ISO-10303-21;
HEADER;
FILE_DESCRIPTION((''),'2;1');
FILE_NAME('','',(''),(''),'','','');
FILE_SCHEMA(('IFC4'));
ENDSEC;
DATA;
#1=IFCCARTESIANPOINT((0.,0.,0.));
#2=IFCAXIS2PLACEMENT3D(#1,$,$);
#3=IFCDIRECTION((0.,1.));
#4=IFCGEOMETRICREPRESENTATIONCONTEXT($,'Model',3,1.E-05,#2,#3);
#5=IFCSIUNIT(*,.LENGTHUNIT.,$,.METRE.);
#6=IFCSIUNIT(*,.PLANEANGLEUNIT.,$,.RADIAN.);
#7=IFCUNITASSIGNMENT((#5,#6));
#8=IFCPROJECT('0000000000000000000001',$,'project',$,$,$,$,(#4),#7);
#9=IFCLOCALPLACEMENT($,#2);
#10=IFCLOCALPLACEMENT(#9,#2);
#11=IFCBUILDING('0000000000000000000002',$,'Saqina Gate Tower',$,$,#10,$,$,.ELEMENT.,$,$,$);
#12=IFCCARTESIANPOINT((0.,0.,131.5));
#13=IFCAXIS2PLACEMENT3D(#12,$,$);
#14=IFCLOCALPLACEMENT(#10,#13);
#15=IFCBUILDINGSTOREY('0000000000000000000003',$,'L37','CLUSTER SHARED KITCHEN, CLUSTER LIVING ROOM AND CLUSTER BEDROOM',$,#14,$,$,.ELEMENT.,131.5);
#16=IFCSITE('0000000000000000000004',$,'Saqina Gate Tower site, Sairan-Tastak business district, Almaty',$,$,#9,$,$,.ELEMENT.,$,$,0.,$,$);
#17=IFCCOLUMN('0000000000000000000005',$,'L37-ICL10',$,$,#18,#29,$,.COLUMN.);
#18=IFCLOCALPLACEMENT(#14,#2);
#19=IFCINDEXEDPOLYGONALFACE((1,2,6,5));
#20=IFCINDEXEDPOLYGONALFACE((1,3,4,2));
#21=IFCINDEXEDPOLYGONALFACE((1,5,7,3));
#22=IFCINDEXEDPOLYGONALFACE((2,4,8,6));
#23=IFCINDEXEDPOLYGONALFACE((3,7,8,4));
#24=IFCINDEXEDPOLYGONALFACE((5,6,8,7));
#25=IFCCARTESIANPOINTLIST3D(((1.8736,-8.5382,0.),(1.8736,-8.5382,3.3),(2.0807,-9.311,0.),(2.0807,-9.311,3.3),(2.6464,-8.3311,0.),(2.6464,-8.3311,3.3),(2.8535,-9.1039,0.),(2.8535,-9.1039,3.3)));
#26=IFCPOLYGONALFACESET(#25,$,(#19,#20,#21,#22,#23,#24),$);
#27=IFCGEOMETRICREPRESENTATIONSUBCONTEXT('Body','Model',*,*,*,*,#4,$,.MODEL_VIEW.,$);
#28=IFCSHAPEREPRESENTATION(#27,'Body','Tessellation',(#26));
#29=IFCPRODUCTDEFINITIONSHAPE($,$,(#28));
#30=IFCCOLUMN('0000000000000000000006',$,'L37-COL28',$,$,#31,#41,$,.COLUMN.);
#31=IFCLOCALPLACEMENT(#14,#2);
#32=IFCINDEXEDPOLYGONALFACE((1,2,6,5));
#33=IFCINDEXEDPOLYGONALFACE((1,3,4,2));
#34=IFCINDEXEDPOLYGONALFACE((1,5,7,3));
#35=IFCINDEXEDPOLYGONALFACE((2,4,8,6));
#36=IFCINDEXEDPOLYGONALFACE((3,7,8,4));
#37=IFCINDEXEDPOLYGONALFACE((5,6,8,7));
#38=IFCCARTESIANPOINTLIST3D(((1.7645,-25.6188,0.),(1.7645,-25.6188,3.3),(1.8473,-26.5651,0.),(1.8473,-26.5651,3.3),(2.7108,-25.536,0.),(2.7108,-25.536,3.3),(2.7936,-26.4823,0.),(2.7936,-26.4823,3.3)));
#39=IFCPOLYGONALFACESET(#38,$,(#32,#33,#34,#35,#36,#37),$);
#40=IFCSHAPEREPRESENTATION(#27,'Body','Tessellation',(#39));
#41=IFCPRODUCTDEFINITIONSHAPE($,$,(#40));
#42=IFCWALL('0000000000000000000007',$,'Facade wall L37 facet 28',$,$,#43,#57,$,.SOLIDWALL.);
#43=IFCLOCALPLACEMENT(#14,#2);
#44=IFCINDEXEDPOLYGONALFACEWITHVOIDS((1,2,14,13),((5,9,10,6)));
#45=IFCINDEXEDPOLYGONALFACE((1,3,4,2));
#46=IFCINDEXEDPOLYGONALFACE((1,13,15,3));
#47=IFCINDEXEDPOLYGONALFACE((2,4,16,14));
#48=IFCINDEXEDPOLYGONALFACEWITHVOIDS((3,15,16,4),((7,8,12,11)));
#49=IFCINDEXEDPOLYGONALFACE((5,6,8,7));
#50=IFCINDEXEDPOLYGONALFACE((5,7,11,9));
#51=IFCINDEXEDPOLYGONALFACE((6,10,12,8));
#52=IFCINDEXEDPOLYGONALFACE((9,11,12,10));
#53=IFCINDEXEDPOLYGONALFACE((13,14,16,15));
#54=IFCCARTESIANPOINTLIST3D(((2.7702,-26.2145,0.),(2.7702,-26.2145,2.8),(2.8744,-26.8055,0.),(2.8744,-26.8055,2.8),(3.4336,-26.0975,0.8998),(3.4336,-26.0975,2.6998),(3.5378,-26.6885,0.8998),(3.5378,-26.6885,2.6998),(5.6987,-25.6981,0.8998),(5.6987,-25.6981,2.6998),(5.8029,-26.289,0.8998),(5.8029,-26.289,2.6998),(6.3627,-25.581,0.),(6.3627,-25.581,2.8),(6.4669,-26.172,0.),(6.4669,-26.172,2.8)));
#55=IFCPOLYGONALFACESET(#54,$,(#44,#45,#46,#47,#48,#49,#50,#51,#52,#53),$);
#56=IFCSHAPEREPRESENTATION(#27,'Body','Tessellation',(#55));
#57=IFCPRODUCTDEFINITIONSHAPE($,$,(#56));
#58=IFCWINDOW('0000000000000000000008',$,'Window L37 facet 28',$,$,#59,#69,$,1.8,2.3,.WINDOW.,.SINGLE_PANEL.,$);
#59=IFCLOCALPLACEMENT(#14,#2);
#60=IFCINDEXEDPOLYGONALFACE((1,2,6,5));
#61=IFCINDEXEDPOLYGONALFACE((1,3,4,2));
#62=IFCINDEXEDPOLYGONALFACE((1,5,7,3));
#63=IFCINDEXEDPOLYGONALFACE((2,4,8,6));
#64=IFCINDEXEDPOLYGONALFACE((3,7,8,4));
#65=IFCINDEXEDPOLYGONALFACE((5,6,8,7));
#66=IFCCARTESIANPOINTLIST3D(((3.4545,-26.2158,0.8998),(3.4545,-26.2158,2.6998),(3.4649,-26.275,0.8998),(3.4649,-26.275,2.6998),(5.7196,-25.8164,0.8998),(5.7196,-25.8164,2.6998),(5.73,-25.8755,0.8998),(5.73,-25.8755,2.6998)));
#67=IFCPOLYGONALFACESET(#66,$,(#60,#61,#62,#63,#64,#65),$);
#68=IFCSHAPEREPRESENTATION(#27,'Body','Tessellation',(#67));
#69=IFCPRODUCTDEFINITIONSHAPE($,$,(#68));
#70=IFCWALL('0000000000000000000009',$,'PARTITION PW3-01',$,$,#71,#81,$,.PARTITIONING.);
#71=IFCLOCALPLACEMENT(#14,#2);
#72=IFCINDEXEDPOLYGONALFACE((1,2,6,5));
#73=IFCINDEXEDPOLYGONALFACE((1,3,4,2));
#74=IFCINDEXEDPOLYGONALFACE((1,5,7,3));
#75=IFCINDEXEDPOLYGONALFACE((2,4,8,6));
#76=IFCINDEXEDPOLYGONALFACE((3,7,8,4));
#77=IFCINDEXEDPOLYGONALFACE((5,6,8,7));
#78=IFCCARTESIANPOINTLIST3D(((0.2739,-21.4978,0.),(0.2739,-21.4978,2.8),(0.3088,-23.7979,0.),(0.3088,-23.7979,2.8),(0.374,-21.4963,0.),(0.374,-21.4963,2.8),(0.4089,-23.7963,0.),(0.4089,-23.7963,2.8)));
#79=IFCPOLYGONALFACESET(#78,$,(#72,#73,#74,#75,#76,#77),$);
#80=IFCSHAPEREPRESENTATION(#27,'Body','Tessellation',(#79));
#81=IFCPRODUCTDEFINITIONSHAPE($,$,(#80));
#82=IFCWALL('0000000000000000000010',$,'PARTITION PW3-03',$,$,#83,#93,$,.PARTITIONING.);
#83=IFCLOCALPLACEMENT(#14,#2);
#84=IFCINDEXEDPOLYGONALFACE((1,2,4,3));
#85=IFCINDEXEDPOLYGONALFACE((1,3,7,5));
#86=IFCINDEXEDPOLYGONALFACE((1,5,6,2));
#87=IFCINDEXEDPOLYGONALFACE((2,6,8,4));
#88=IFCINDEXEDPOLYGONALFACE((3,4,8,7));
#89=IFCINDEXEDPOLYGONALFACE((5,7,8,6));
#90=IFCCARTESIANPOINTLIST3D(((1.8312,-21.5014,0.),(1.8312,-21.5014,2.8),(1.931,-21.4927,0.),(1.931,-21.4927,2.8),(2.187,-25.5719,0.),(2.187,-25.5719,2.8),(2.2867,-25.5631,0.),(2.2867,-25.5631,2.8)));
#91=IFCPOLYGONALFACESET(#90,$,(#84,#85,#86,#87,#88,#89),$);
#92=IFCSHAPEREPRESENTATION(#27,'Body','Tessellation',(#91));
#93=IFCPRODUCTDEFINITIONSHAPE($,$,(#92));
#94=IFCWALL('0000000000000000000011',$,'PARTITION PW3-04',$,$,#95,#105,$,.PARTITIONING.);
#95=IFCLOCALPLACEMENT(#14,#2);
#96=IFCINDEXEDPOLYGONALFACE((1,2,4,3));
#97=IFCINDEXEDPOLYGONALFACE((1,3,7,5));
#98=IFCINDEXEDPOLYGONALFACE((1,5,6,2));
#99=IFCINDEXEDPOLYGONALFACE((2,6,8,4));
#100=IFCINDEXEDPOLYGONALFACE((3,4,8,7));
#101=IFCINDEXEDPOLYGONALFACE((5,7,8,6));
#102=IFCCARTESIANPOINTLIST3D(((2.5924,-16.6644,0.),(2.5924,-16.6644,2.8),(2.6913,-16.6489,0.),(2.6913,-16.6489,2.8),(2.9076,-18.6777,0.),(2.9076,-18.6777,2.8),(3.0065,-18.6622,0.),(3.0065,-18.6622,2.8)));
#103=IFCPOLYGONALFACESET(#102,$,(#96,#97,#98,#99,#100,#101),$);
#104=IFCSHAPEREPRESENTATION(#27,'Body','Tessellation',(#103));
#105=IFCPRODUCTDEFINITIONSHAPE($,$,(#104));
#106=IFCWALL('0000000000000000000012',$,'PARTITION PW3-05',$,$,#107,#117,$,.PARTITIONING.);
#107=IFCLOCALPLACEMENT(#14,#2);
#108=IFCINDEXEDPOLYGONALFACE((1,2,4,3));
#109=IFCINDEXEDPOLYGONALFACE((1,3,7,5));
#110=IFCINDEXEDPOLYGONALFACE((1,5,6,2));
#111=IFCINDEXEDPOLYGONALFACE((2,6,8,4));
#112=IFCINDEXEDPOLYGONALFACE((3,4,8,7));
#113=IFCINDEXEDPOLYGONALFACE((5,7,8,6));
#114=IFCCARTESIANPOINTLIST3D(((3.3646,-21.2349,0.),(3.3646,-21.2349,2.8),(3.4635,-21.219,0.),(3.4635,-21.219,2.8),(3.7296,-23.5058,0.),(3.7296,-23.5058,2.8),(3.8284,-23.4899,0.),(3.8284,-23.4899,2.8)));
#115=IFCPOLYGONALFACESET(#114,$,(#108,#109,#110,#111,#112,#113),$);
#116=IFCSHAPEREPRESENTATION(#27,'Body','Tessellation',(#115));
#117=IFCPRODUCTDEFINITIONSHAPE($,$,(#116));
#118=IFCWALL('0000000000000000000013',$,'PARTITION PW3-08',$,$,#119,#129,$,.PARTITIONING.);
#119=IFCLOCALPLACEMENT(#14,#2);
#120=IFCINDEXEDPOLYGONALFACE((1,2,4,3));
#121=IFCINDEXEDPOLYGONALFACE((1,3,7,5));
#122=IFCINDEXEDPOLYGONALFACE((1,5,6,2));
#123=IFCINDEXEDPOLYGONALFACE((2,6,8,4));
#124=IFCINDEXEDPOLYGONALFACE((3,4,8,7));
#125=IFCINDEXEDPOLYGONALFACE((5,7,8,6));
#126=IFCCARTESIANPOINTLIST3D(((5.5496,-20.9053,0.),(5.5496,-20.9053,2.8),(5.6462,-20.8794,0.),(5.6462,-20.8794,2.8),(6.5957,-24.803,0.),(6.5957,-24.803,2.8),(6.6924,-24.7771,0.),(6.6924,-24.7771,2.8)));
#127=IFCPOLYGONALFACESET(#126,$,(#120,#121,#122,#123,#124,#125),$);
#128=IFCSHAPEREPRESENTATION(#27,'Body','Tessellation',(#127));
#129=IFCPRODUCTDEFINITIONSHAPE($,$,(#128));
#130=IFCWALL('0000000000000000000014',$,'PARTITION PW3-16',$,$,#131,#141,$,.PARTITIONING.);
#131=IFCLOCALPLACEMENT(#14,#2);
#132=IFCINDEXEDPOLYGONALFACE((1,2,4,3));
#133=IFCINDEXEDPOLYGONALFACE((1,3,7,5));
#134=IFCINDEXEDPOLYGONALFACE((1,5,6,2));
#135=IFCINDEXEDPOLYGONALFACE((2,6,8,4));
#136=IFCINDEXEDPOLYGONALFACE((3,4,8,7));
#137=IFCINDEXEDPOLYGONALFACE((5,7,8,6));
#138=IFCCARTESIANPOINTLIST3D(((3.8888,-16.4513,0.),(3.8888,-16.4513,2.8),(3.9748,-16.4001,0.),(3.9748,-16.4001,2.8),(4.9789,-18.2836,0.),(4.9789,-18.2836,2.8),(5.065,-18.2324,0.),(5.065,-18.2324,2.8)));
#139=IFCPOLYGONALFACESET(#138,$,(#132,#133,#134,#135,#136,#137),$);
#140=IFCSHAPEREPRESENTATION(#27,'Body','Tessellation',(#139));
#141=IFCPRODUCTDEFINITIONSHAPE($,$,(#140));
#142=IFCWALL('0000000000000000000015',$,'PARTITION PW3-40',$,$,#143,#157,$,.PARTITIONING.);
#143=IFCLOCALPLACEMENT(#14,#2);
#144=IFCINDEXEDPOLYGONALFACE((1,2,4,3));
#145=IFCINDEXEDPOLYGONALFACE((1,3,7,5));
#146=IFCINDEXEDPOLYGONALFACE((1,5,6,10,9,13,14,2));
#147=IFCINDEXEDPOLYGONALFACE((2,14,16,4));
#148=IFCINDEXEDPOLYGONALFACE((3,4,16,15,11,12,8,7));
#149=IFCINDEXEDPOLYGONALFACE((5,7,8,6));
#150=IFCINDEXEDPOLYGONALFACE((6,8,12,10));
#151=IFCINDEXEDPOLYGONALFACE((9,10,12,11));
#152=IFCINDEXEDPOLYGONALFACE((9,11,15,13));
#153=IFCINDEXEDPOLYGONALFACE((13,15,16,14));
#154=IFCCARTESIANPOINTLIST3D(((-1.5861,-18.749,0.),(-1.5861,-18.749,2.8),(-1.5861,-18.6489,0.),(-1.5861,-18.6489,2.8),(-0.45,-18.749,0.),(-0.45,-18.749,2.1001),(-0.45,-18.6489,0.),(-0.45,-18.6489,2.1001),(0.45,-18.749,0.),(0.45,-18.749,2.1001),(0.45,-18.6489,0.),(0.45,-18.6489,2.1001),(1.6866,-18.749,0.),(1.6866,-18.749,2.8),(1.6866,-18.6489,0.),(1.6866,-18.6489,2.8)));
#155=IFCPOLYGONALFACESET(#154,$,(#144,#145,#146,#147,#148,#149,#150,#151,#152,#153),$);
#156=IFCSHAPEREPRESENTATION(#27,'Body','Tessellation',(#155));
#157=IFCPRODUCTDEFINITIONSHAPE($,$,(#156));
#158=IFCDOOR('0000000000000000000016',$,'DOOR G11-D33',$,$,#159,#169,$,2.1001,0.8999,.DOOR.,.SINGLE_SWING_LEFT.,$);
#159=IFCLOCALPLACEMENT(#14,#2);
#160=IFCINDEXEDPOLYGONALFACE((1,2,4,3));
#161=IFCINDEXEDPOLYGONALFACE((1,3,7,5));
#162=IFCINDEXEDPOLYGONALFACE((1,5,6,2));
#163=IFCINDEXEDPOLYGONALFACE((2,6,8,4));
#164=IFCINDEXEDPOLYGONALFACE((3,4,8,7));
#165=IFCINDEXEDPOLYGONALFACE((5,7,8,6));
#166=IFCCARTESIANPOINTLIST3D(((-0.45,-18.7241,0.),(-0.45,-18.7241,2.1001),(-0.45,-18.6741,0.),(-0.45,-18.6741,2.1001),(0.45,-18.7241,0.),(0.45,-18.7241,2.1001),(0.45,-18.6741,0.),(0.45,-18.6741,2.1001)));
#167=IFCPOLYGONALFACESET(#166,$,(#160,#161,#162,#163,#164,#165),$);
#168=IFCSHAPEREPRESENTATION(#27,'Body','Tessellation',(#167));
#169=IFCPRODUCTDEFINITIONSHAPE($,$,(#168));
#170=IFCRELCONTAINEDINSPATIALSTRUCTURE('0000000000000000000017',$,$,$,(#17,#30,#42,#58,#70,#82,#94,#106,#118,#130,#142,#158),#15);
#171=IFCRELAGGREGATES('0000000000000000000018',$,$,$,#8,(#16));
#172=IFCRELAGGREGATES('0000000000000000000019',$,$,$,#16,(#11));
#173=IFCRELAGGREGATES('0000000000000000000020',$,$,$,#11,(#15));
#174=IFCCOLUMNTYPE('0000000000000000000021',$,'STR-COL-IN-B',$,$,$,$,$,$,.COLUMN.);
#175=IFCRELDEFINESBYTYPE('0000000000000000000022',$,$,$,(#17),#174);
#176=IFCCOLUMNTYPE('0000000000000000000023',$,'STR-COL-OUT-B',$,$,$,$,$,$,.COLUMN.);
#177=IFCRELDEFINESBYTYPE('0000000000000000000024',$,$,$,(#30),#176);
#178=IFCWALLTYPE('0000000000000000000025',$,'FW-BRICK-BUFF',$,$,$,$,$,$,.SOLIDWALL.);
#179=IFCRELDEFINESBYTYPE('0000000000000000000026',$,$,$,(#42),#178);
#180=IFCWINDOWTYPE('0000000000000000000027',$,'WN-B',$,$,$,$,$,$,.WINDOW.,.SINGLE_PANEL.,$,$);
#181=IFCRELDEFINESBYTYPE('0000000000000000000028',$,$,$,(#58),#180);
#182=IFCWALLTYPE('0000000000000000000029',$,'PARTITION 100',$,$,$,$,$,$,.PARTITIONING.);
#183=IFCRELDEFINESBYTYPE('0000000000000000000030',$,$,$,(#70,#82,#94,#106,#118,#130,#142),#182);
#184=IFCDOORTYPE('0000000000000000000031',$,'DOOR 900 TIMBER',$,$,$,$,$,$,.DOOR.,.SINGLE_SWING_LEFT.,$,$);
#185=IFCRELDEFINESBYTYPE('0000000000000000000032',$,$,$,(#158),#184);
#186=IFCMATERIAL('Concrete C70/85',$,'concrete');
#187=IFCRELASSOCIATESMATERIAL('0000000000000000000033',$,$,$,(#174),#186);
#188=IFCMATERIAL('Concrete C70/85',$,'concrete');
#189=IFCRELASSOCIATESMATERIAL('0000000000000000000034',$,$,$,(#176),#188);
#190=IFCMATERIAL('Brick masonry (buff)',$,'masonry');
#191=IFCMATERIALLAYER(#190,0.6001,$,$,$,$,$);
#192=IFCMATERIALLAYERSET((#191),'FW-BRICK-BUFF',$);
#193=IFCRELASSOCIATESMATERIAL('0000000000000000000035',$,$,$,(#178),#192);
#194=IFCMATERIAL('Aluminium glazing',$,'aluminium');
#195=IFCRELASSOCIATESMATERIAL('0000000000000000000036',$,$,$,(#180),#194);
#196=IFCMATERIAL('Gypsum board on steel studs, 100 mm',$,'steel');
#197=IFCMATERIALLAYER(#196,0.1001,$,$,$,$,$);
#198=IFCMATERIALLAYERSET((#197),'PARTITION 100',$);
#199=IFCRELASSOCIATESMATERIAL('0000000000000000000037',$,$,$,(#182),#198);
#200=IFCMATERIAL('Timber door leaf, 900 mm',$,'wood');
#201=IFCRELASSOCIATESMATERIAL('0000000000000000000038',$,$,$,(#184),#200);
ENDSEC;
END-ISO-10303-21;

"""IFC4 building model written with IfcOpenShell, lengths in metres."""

from ifc_helpers import new_model, si_unit, direction, frame, frame_2d, origin, origin_2d, place, context, subcontext, project, spatial, rectangle, extrude, material, layer, layer_set, material_profile, profile_set, type_object, element, fill, save


model = new_model("IFC4")

# Units and contexts
model_context = context("Model", 3, precision=1e-05, world=origin(), true_north=direction((0.0, 1.0)))
body_context = subcontext(model_context, "Body", "Model", "MODEL_VIEW")
ifc_project = project(units=[si_unit("LENGTHUNIT", "METRE"), si_unit("PLANEANGLEUNIT", "RADIAN")], contexts=[model_context])

# Site, building, storey
site_placement = place(None, origin())
site = spatial("IfcSite", under=ifc_project, at=site_placement, Name="Saqina Gate Tower site, Sairan-Tastak business district, Almaty", CompositionType="ELEMENT", RefElevation=0.0)
building_placement = place(site_placement, origin())
building = spatial("IfcBuilding", under=site, at=building_placement, Name="Saqina Gate Tower", CompositionType="ELEMENT")
storey_placement = place(building_placement, frame((0.0, 0.0, 131.5)))
storey = spatial("IfcBuildingStorey", under=building, at=storey_placement, Name="L37", Description="CLUSTER SHARED KITCHEN, CLUSTER LIVING ROOM AND CLUSTER BEDROOM", CompositionType="ELEMENT", Elevation=131.5)

# Columns
ifc_material_1 = material(Name="Concrete C70/85", Category="concrete")
ifc_material_profile_1 = material_profile(ifc_material_1, rectangle(XDim=0.8, YDim=0.8, at=origin_2d()), Name="RC 800x800")
ifc_profile_set_1 = profile_set([ifc_material_profile_1], Name="Concrete C70/85")
column_type_1 = type_object("IfcColumnType", Name="STR-COL-IN-B", PredefinedType="COLUMN", material=ifc_profile_set_1)
column_1_placement = place(storey_placement, frame((2.3635, -8.821, 0.0), z_axis=(0.0, 0.0, 1.0), x_axis=(0.258819, -0.965926, 0.0)))
element("IfcColumn", 1, at=column_1_placement, inside=storey, type_object=column_type_1, Name="L37-ICL10", PredefinedType="COLUMN", context=body_context, shape_type="SweptSolid", body=[
    extrude(rectangle(XDim=0.8, YDim=0.8, at=origin_2d()), origin(), (0.0, 0.0, 1.0), 3.3),
])
ifc_material_2 = material(Name="Concrete C70/85", Category="concrete")
ifc_material_profile_2 = material_profile(ifc_material_2, rectangle(XDim=0.95, YDim=0.95, at=origin_2d()), Name="RC 950x950")
ifc_profile_set_2 = profile_set([ifc_material_profile_2], Name="Concrete C70/85")
column_type_2 = type_object("IfcColumnType", Name="STR-COL-OUT-B", PredefinedType="COLUMN", material=ifc_profile_set_2)
column_2_placement = place(storey_placement, frame((2.2791, -26.0505, 0.0), z_axis=(0.0, 0.0, 1.0), x_axis=(0.087156, -0.996195, 0.0)))
element("IfcColumn", 2, at=column_2_placement, inside=storey, type_object=column_type_2, Name="L37-COL28", PredefinedType="COLUMN", context=body_context, shape_type="SweptSolid", body=[
    extrude(rectangle(XDim=0.95, YDim=0.95, at=origin_2d()), origin(), (0.0, 0.0, 1.0), 3.3),
])

# Wall, opening, window
ifc_material_3 = material(Name="Brick masonry (buff)", Category="masonry")
ifc_layer_1 = layer(ifc_material_3, 0.6001)
ifc_layer_set_1 = layer_set([ifc_layer_1], Name="FW-BRICK-BUFF")
wall_type_1 = type_object("IfcWallType", Name="FW-BRICK-BUFF", PredefinedType="SOLIDWALL", material=ifc_layer_set_1)
wall_1_placement = place(storey_placement, frame((2.8223, -26.51, 0.0), z_axis=(0.0, 0.0, 1.0), x_axis=(0.984804, 0.173671, 0.0)))
wall_1 = element("IfcWall", 3, at=wall_1_placement, inside=storey, type_object=wall_type_1, Name="Facade wall L37 facet 28", PredefinedType="SOLIDWALL", context=body_context, shape_type="SweptSolid", body=[
    extrude(rectangle(XDim=3.6479, YDim=0.6001, at=frame_2d((1.824, 0.0))), origin(), (0.0, 0.0, 1.0), 2.8),
])
opening_1_placement = place(wall_1_placement, frame((0.6738, 0.0, 0.8999)))
opening_1 = element("IfcOpeningElement", 4, at=opening_1_placement, cuts=wall_1, PredefinedType="OPENING", context=body_context, shape_type="SweptSolid", body=[
    extrude(rectangle(XDim=2.3, YDim=1.8, at=frame_2d((1.1499, 0.8999))), frame((0.0, 0.312, 0.0), z_axis=(0.0, -1.0, 0.0), x_axis=(1.0, 0.0, 0.0)), (0.0, 0.0, 1.0), 0.624),
])
ifc_material_4 = material(Name="Aluminium glazing", Category="aluminium")
window_type = type_object("IfcWindowType", Name="WN-B", PartitioningType="SINGLE_PANEL", PredefinedType="WINDOW", material=ifc_material_4)
window_placement = place(opening_1_placement, origin())
window = element("IfcWindow", 5, at=window_placement, inside=storey, type_object=window_type, Name="Window L37 facet 28", OverallHeight=1.8, OverallWidth=2.3, PartitioningType="SINGLE_PANEL", PredefinedType="WINDOW", context=body_context, shape_type="SweptSolid", body=[
    extrude(rectangle(XDim=2.3, YDim=1.8, at=frame_2d((1.1499, 0.8999))), frame((0.0, 0.1799, 0.0), z_axis=(0.0, -1.0, 0.0), x_axis=(1.0, 0.0, 0.0)), (0.0, 0.0, 1.0), 0.0601),
])
fill(opening_1, window)

# Walls
ifc_material_5 = material(Name="Gypsum board on steel studs, 100 mm", Category="steel")
ifc_layer_2 = layer(ifc_material_5, 0.1001)
ifc_layer_set_2 = layer_set([ifc_layer_2], Name="PARTITION 100")
wall_type_2 = type_object("IfcWallType", Name="PARTITION 100", PredefinedType="PARTITIONING", material=ifc_layer_set_2)
wall_2_placement = place(storey_placement, frame((0.324, -21.4971, 0.0), z_axis=(0.0, 0.0, 1.0), x_axis=(0.015177, -0.999885, 0.0)))
element("IfcWall", 6, at=wall_2_placement, inside=storey, type_object=wall_type_2, Name="PARTITION PW3-01", PredefinedType="PARTITIONING", context=body_context, shape_type="SweptSolid", body=[
    extrude(rectangle(XDim=2.3003, YDim=0.1001, at=frame_2d((1.1501, 0.0))), origin(), (0.0, 0.0, 1.0), 2.8),
])
wall_3_placement = place(storey_placement, frame((1.8811, -21.4971, 0.0), z_axis=(0.0, 0.0, 1.0), x_axis=(0.08706, -0.996203, 0.0)))
element("IfcWall", 7, at=wall_3_placement, inside=storey, type_object=wall_type_2, Name="PARTITION PW3-03", PredefinedType="PARTITIONING", context=body_context, shape_type="SweptSolid", body=[
    extrude(rectangle(XDim=4.0859, YDim=0.1001, at=frame_2d((2.043, 0.0))), origin(), (0.0, 0.0, 1.0), 2.8),
])
wall_4_placement = place(storey_placement, frame((2.6418, -16.6565, 0.0), z_axis=(0.0, 0.0, 1.0), x_axis=(0.154658, -0.987968, 0.0)))
element("IfcWall", 8, at=wall_4_placement, inside=storey, type_object=wall_type_2, Name="PARTITION PW3-04", PredefinedType="PARTITIONING", context=body_context, shape_type="SweptSolid", body=[
    extrude(rectangle(XDim=2.0378, YDim=0.1001, at=frame_2d((1.019, 0.0))), origin(), (0.0, 0.0, 1.0), 2.8),
])
wall_5_placement = place(storey_placement, frame((3.4141, -21.2271, 0.0), z_axis=(0.0, 0.0, 1.0), x_axis=(0.158682, -0.98733, 0.0)))
element("IfcWall", 9, at=wall_5_placement, inside=storey, type_object=wall_type_2, Name="PARTITION PW3-05", PredefinedType="PARTITIONING", context=body_context, shape_type="SweptSolid", body=[
    extrude(rectangle(XDim=2.3, YDim=0.1001, at=frame_2d((1.1499, 0.0))), origin(), (0.0, 0.0, 1.0), 2.8),
])
wall_6_placement = place(storey_placement, frame((5.5979, -20.8923, 0.0), z_axis=(0.0, 0.0, 1.0), x_axis=(0.259225, -0.965817, 0.0)))
element("IfcWall", 10, at=wall_6_placement, inside=storey, type_object=wall_type_2, Name="PARTITION PW3-08", PredefinedType="PARTITIONING", context=body_context, shape_type="SweptSolid", body=[
    extrude(rectangle(XDim=4.0356, YDim=0.1001, at=frame_2d((2.0178, 0.0))), origin(), (0.0, 0.0, 1.0), 2.8),
])
wall_7_placement = place(storey_placement, frame((3.9319, -16.4258, 0.0), z_axis=(0.0, 0.0, 1.0), x_axis=(0.511293, -0.859407, 0.0)))
element("IfcWall", 11, at=wall_7_placement, inside=storey, type_object=wall_type_2, Name="PARTITION PW3-16", PredefinedType="PARTITIONING", context=body_context, shape_type="SweptSolid", body=[
    extrude(rectangle(XDim=2.1321, YDim=0.1001, at=frame_2d((1.0659, 0.0))), origin(), (0.0, 0.0, 1.0), 2.8),
])

# Wall, opening, door
wall_8_placement = place(storey_placement, frame((-1.5859, -18.699, 0.0), z_axis=(0.0, 0.0, 1.0), x_axis=(1.0, 0.0, 0.0)))
wall_8 = element("IfcWall", 12, at=wall_8_placement, inside=storey, type_object=wall_type_2, Name="PARTITION PW3-40", PredefinedType="PARTITIONING", context=body_context, shape_type="SweptSolid", body=[
    extrude(rectangle(XDim=3.2727, YDim=0.1001, at=frame_2d((1.6362, 0.0))), origin(), (0.0, 0.0, 1.0), 2.8),
])
opening_2_placement = place(wall_8_placement, frame((1.136, 0.0, 0.0)))
opening_2 = element("IfcOpeningElement", 13, at=opening_2_placement, cuts=wall_8, PredefinedType="OPENING", context=body_context, shape_type="SweptSolid", body=[
    extrude(rectangle(XDim=0.8999, YDim=2.1001, at=frame_2d((0.45, 1.05))), frame((0.0, 0.062, 0.0), z_axis=(0.0, -1.0, 0.0), x_axis=(1.0, 0.0, 0.0)), (0.0, 0.0, 1.0), 0.124),
])
ifc_material_6 = material(Name="Timber door leaf, 900 mm", Category="wood")
door_type_1 = type_object("IfcDoorType", Name="DOOR 900 TIMBER", OperationType="SINGLE_SWING_LEFT", PredefinedType="DOOR", material=ifc_material_6)
door_1_placement = place(opening_2_placement, origin())
door_1 = element("IfcDoor", 14, at=door_1_placement, inside=storey, type_object=door_type_1, Name="DOOR G11-D33", OperationType="SINGLE_SWING_LEFT", OverallHeight=2.1001, OverallWidth=0.8999, PredefinedType="DOOR", context=body_context, shape_type="SweptSolid", body=[
    extrude(rectangle(XDim=0.8999, YDim=2.1001, at=frame_2d((0.45, 1.05))), frame((0.0, 0.0249, 0.0), z_axis=(0.0, -1.0, 0.0), x_axis=(1.0, 0.0, 0.0)), (0.0, 0.0, 1.0), 0.05),
])
fill(opening_2, door_1)

save(model, "model.ifc")
